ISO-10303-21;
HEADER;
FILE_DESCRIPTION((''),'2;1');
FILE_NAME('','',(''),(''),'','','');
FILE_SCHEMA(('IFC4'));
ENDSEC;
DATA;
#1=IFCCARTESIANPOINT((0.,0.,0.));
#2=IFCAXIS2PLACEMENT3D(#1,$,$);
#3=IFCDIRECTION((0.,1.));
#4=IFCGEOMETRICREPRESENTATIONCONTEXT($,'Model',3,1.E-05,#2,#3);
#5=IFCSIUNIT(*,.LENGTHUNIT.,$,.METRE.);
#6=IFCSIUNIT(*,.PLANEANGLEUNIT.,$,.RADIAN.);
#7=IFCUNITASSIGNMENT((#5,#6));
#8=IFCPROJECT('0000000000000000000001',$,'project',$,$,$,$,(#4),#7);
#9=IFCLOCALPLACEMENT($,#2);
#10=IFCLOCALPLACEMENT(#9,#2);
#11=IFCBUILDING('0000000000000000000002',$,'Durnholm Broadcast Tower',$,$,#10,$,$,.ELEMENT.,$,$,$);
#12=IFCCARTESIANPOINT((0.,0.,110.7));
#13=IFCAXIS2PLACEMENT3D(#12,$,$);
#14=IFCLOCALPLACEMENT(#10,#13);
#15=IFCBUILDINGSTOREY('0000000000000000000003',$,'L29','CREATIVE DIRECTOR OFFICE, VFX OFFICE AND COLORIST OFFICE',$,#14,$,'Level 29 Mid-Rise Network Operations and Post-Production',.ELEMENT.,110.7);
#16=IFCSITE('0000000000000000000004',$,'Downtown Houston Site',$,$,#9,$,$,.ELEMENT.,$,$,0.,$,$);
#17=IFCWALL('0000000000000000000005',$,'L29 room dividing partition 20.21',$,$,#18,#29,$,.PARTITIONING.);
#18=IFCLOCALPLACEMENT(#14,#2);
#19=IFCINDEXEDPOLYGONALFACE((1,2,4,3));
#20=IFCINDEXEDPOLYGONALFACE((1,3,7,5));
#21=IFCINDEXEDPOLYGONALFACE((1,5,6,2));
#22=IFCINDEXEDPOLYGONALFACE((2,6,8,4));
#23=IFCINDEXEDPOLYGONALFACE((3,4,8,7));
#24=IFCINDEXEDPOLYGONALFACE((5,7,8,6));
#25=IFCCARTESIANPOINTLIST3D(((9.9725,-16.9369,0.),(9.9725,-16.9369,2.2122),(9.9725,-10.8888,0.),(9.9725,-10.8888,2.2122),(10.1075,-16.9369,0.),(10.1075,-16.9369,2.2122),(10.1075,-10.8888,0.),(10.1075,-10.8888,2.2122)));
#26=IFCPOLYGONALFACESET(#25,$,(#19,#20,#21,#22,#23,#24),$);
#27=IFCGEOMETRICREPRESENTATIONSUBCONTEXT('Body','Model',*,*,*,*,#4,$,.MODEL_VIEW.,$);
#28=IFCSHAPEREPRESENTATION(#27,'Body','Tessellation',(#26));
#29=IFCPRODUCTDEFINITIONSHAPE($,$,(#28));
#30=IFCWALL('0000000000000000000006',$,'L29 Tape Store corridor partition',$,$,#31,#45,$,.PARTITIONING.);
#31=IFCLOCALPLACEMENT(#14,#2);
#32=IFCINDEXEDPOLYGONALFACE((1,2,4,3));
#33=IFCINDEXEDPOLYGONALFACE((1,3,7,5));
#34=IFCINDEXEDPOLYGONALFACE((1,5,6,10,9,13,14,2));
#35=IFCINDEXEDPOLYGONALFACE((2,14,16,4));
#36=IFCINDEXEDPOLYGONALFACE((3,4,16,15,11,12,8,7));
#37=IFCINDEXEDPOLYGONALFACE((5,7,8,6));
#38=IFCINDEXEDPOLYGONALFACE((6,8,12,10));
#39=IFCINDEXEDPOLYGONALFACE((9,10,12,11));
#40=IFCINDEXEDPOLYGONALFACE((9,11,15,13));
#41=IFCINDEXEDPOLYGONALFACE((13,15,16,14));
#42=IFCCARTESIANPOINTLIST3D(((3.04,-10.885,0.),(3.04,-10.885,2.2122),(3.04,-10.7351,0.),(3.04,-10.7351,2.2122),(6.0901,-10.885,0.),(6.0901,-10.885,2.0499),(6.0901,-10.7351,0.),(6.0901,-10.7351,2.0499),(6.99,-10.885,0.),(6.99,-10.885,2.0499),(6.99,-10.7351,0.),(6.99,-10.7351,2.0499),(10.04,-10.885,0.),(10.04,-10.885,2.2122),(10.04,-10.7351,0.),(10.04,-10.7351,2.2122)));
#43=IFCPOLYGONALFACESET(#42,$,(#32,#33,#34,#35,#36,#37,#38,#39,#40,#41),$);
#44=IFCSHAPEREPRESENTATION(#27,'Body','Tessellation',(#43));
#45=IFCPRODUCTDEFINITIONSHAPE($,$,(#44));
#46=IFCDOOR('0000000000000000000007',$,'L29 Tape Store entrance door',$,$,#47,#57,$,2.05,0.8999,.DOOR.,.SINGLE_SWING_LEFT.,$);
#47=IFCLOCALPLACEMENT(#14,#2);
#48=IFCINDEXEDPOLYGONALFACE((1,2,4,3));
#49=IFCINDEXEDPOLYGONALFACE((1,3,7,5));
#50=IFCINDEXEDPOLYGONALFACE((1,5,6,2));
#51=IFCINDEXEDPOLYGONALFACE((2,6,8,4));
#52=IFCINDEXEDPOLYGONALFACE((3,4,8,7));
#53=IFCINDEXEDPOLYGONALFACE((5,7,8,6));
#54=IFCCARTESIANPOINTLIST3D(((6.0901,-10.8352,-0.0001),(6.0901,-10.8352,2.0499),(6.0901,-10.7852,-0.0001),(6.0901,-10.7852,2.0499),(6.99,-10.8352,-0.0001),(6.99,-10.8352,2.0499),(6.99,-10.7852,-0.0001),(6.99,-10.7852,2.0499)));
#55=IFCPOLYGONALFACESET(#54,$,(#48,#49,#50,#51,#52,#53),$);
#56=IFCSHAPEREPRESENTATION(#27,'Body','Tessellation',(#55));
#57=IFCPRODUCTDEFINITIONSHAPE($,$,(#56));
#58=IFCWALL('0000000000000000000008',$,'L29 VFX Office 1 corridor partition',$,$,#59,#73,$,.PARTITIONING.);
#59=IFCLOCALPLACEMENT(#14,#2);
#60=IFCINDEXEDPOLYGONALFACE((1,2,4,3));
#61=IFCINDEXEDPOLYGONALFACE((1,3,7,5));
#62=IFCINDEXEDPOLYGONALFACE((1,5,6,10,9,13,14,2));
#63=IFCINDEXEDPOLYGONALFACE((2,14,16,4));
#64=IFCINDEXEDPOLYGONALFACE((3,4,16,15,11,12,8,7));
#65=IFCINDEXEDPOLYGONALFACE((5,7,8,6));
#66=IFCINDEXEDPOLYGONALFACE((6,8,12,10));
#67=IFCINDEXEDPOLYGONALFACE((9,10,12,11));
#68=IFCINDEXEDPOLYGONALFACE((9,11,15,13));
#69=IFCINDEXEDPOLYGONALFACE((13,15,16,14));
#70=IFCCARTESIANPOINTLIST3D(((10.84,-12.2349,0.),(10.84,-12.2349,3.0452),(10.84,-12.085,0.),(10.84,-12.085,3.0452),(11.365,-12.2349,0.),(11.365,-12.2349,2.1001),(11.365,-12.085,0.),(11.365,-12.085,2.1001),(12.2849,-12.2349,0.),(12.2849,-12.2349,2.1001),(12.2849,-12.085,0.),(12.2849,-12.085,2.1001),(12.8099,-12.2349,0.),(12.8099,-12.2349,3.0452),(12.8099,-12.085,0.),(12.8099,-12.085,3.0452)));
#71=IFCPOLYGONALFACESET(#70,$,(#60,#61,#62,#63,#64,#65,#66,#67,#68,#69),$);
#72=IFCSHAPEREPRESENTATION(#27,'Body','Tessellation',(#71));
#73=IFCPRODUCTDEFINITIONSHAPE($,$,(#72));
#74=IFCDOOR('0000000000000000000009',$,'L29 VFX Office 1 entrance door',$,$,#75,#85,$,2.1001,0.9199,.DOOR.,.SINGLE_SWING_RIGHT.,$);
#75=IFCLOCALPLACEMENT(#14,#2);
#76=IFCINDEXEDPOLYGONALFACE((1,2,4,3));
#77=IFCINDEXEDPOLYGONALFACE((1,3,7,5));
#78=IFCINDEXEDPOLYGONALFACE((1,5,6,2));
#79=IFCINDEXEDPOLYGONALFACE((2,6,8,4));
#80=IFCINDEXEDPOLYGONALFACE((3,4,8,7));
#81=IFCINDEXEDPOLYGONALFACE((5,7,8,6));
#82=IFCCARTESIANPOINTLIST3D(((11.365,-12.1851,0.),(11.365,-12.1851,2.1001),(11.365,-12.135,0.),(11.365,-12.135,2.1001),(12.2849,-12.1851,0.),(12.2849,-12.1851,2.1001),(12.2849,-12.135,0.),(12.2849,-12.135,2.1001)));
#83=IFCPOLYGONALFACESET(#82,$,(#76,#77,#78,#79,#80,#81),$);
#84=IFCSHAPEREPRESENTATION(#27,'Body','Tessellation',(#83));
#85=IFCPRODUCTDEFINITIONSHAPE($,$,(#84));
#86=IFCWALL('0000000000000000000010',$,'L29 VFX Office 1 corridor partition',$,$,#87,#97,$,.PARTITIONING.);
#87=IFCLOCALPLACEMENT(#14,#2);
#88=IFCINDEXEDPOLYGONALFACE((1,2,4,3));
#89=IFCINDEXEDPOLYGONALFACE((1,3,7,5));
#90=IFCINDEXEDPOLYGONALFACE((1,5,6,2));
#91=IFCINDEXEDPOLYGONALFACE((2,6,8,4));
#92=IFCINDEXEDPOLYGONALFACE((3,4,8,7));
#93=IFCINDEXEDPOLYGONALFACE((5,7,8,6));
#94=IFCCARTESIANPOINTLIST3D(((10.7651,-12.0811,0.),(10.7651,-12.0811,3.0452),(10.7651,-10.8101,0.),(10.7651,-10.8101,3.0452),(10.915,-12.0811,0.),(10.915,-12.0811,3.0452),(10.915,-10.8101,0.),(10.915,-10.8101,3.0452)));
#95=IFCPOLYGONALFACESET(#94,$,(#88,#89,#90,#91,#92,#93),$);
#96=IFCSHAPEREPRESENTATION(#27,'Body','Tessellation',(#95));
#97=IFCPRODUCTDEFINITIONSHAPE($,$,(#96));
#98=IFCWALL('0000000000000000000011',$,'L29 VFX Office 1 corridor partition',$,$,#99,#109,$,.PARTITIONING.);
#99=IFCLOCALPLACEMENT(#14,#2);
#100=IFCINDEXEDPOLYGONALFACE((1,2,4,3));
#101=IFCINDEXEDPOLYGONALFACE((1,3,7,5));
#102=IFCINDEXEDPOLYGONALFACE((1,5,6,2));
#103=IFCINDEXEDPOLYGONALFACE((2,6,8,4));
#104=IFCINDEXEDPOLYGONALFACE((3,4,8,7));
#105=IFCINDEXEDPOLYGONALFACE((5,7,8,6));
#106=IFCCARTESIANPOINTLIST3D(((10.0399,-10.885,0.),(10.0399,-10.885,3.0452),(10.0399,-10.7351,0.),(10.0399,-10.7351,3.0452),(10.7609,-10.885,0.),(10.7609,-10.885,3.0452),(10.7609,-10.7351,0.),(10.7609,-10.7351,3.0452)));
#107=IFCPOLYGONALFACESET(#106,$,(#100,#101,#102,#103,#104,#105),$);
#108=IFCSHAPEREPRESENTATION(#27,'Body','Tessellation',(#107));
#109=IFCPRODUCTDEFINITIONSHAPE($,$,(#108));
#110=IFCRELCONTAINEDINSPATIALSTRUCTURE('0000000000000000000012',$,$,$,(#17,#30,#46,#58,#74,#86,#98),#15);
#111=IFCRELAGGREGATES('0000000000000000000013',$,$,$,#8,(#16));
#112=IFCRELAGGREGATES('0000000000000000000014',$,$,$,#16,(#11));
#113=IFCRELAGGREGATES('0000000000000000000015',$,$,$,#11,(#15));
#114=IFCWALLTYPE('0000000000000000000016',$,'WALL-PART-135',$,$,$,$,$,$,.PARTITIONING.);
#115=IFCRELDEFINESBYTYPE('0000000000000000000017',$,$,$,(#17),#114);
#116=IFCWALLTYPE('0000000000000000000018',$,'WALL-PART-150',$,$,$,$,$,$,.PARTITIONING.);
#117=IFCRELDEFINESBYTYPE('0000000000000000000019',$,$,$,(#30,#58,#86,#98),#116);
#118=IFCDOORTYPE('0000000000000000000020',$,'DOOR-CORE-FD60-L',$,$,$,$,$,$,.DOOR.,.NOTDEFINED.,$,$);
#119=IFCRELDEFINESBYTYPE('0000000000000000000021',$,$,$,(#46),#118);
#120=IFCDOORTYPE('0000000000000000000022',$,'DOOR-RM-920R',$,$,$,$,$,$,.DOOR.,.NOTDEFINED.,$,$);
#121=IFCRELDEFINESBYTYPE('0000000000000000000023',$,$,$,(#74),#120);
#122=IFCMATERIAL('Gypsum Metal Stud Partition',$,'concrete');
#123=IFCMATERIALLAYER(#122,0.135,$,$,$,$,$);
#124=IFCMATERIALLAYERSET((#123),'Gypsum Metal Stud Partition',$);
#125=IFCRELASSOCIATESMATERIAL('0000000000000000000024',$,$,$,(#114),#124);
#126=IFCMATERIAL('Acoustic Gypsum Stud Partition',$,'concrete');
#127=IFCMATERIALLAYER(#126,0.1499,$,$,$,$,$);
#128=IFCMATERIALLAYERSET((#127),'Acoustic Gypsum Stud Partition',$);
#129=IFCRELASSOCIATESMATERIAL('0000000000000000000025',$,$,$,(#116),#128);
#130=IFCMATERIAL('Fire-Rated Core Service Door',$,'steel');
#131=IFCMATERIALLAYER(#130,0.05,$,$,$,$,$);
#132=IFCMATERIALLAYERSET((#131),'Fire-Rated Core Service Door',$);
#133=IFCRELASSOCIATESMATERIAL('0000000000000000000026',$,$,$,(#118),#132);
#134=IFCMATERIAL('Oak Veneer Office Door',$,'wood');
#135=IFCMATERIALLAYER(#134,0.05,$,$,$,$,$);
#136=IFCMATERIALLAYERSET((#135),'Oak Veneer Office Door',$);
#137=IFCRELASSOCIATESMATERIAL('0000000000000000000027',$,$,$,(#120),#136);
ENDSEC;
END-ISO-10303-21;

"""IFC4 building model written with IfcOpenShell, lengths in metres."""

from ifc_helpers import new_model, si_unit, direction, frame, frame_2d, origin, place, context, subcontext, project, spatial, rectangle, extrude, source, transform, mapped, material, layer, layer_set, type_object, type_shapes, element, fill, save


model = new_model("IFC4")

# Units and contexts
model_context = context("Model", 3, precision=1e-05, world=origin(), true_north=direction((0.0, 1.0)))
body_context = subcontext(model_context, "Body", "Model", "MODEL_VIEW")
ifc_project = project(units=[si_unit("LENGTHUNIT", "METRE"), si_unit("PLANEANGLEUNIT", "RADIAN")], contexts=[model_context])

# Site, building, storey
site_placement = place(None, origin())
site = spatial("IfcSite", under=ifc_project, at=site_placement, Name="Downtown Houston Site", CompositionType="ELEMENT", RefElevation=0.0)
building_placement = place(site_placement, origin())
building = spatial("IfcBuilding", under=site, at=building_placement, Name="Durnholm Broadcast Tower", CompositionType="ELEMENT")
storey_placement = place(building_placement, frame((0.0, 0.0, 110.7)))
storey = spatial("IfcBuildingStorey", under=building, at=storey_placement, Name="L29", Description="CREATIVE DIRECTOR OFFICE, VFX OFFICE AND COLORIST OFFICE", LongName="Level 29 Mid-Rise Network Operations and Post-Production", CompositionType="ELEMENT", Elevation=110.7)

# Wall
ifc_material_1 = material(Name="Gypsum Metal Stud Partition", Category="concrete")
ifc_layer_1 = layer(ifc_material_1, 0.135)
ifc_layer_set_1 = layer_set([ifc_layer_1], Name="Gypsum Metal Stud Partition")
wall_type_1 = type_object("IfcWallType", Name="WALL-PART-135", PredefinedType="PARTITIONING", material=ifc_layer_set_1)
wall_1_placement = place(storey_placement, frame((10.04, -10.8889, 0.0), z_axis=(0.0, 0.0, 1.0), x_axis=(0.0, -1.0, 0.0)))
element("IfcWall", 1, at=wall_1_placement, inside=storey, type_object=wall_type_1, Name="L29 room dividing partition 20.21", PredefinedType="PARTITIONING", context=body_context, shape_type="SweptSolid", body=[
    extrude(rectangle(XDim=6.0481, YDim=0.135, at=frame_2d((3.0239, 0.0))), origin(), (0.0, 0.0, 1.0), 2.2122),
])

# Walls, openings, doors
ifc_material_2 = material(Name="Acoustic Gypsum Stud Partition", Category="concrete")
ifc_layer_2 = layer(ifc_material_2, 0.1499)
ifc_layer_set_2 = layer_set([ifc_layer_2], Name="Acoustic Gypsum Stud Partition")
wall_type_2 = type_object("IfcWallType", Name="WALL-PART-150", PredefinedType="PARTITIONING", material=ifc_layer_set_2)
wall_2_placement = place(storey_placement, frame((3.04, -10.8101, 0.0), z_axis=(0.0, 0.0, 1.0), x_axis=(1.0, 0.0, 0.0)))
wall_2 = element("IfcWall", 2, at=wall_2_placement, inside=storey, type_object=wall_type_2, Name="L29 Tape Store corridor partition", PredefinedType="PARTITIONING", context=body_context, shape_type="SweptSolid", body=[
    extrude(rectangle(XDim=7.0, YDim=0.1499, at=frame_2d((3.5, 0.0))), origin(), (0.0, 0.0, 1.0), 2.2122),
])
opening_1_placement = place(wall_2_placement, frame((3.05, 0.0, 0.0)))
opening_1 = element("IfcOpeningElement", 3, at=opening_1_placement, cuts=wall_2, PredefinedType="OPENING", context=body_context, shape_type="SweptSolid", body=[
    extrude(rectangle(XDim=0.8999, YDim=2.05, at=frame_2d((0.45, 1.0249))), frame((0.0, 0.085, 0.0), z_axis=(0.0, -1.0, 0.0), x_axis=(1.0, 0.0, 0.0)), (0.0, 0.0, 1.0), 0.1699),
])
ifc_material_3 = material(Name="Fire-Rated Core Service Door", Category="steel")
ifc_layer_3 = layer(ifc_material_3, 0.05)
ifc_layer_set_3 = layer_set([ifc_layer_3], Name="Fire-Rated Core Service Door")
door_type_1 = type_object("IfcDoorType", Name="DOOR-CORE-FD60-L", OperationType="NOTDEFINED", PredefinedType="DOOR", material=ifc_layer_set_3)
shared_shape_1 = source(origin(), body_context, "Body", "SweptSolid", [
    extrude(rectangle(XDim=0.8999, YDim=2.05, at=frame_2d((0.45, 1.0249))), frame((0.0, 0.0249, 0.0), z_axis=(0.0, -1.0, 0.0), x_axis=(1.0, 0.0, 0.0)), (0.0, 0.0, 1.0), 0.05),
])
type_shapes(door_type_1, [shared_shape_1])
door_1_placement = place(opening_1_placement, origin())
door_1 = element("IfcDoor", 4, at=door_1_placement, inside=storey, type_object=door_type_1, Name="L29 Tape Store entrance door", OperationType="SINGLE_SWING_LEFT", OverallHeight=2.05, OverallWidth=0.8999, PredefinedType="DOOR", context=body_context, shape_type="MappedRepresentation", body=[
    mapped(shared_shape_1, transform((0.0, 0.0, 0.0), x_axis=(1.0, 0.0, 0.0), y_axis=(0.0, 1.0, 0.0), z_axis=(0.0, 0.0, 1.0), scale=1.0)),
])
fill(opening_1, door_1)
wall_3_placement = place(storey_placement, frame((10.8401, -12.1599, 0.0), z_axis=(0.0, 0.0, 1.0), x_axis=(1.0, 0.0, 0.0)))
wall_3 = element("IfcWall", 5, at=wall_3_placement, inside=storey, type_object=wall_type_2, Name="L29 VFX Office 1 corridor partition", PredefinedType="PARTITIONING", context=body_context, shape_type="SweptSolid", body=[
    extrude(rectangle(XDim=1.97, YDim=0.1499, at=frame_2d((0.9849, 0.0))), origin(), (0.0, 0.0, 1.0), 3.0452),
])
opening_2_placement = place(wall_3_placement, frame((0.5249, 0.0, 0.0)))
opening_2 = element("IfcOpeningElement", 6, at=opening_2_placement, cuts=wall_3, PredefinedType="OPENING", context=body_context, shape_type="SweptSolid", body=[
    extrude(rectangle(XDim=0.9199, YDim=2.1001, at=frame_2d((0.46, 1.05))), frame((0.0, 0.085, 0.0), z_axis=(0.0, -1.0, 0.0), x_axis=(1.0, 0.0, 0.0)), (0.0, 0.0, 1.0), 0.1699),
])
ifc_material_4 = material(Name="Oak Veneer Office Door", Category="wood")
ifc_layer_4 = layer(ifc_material_4, 0.05)
ifc_layer_set_4 = layer_set([ifc_layer_4], Name="Oak Veneer Office Door")
door_type_2 = type_object("IfcDoorType", Name="DOOR-RM-920R", OperationType="NOTDEFINED", PredefinedType="DOOR", material=ifc_layer_set_4)
shared_shape_2 = source(origin(), body_context, "Body", "SweptSolid", [
    extrude(rectangle(XDim=0.9199, YDim=2.1001, at=frame_2d((0.46, 1.05))), frame((0.0, 0.0249, 0.0), z_axis=(0.0, -1.0, 0.0), x_axis=(1.0, 0.0, 0.0)), (0.0, 0.0, 1.0), 0.05),
])
type_shapes(door_type_2, [shared_shape_2])
door_2_placement = place(opening_2_placement, origin())
door_2 = element("IfcDoor", 7, at=door_2_placement, inside=storey, type_object=door_type_2, Name="L29 VFX Office 1 entrance door", OperationType="SINGLE_SWING_RIGHT", OverallHeight=2.1001, OverallWidth=0.9199, PredefinedType="DOOR", context=body_context, shape_type="MappedRepresentation", body=[
    mapped(shared_shape_2, transform((0.0, 0.0, 0.0), x_axis=(1.0, 0.0, 0.0), y_axis=(0.0, 1.0, 0.0), z_axis=(0.0, 0.0, 1.0), scale=1.0)),
])
fill(opening_2, door_2)

# Walls
wall_4_placement = place(storey_placement, frame((10.8401, -10.8101, 0.0), z_axis=(0.0, 0.0, 1.0), x_axis=(0.0, -1.0, 0.0)))
element("IfcWall", 8, at=wall_4_placement, inside=storey, type_object=wall_type_2, Name="L29 VFX Office 1 corridor partition", PredefinedType="PARTITIONING", context=body_context, shape_type="SweptSolid", body=[
    extrude(rectangle(XDim=1.271, YDim=0.1499, at=frame_2d((0.6355, 0.0))), origin(), (0.0, 0.0, 1.0), 3.0452),
])
wall_5_placement = place(storey_placement, frame((10.04, -10.8101, 0.0), z_axis=(0.0, 0.0, 1.0), x_axis=(1.0, 0.0, 0.0)))
element("IfcWall", 9, at=wall_5_placement, inside=storey, type_object=wall_type_2, Name="L29 VFX Office 1 corridor partition", PredefinedType="PARTITIONING", context=body_context, shape_type="SweptSolid", body=[
    extrude(rectangle(XDim=0.7209, YDim=0.1499, at=frame_2d((0.3604, 0.0))), origin(), (0.0, 0.0, 1.0), 3.0452),
])

save(model, "model.ifc")
